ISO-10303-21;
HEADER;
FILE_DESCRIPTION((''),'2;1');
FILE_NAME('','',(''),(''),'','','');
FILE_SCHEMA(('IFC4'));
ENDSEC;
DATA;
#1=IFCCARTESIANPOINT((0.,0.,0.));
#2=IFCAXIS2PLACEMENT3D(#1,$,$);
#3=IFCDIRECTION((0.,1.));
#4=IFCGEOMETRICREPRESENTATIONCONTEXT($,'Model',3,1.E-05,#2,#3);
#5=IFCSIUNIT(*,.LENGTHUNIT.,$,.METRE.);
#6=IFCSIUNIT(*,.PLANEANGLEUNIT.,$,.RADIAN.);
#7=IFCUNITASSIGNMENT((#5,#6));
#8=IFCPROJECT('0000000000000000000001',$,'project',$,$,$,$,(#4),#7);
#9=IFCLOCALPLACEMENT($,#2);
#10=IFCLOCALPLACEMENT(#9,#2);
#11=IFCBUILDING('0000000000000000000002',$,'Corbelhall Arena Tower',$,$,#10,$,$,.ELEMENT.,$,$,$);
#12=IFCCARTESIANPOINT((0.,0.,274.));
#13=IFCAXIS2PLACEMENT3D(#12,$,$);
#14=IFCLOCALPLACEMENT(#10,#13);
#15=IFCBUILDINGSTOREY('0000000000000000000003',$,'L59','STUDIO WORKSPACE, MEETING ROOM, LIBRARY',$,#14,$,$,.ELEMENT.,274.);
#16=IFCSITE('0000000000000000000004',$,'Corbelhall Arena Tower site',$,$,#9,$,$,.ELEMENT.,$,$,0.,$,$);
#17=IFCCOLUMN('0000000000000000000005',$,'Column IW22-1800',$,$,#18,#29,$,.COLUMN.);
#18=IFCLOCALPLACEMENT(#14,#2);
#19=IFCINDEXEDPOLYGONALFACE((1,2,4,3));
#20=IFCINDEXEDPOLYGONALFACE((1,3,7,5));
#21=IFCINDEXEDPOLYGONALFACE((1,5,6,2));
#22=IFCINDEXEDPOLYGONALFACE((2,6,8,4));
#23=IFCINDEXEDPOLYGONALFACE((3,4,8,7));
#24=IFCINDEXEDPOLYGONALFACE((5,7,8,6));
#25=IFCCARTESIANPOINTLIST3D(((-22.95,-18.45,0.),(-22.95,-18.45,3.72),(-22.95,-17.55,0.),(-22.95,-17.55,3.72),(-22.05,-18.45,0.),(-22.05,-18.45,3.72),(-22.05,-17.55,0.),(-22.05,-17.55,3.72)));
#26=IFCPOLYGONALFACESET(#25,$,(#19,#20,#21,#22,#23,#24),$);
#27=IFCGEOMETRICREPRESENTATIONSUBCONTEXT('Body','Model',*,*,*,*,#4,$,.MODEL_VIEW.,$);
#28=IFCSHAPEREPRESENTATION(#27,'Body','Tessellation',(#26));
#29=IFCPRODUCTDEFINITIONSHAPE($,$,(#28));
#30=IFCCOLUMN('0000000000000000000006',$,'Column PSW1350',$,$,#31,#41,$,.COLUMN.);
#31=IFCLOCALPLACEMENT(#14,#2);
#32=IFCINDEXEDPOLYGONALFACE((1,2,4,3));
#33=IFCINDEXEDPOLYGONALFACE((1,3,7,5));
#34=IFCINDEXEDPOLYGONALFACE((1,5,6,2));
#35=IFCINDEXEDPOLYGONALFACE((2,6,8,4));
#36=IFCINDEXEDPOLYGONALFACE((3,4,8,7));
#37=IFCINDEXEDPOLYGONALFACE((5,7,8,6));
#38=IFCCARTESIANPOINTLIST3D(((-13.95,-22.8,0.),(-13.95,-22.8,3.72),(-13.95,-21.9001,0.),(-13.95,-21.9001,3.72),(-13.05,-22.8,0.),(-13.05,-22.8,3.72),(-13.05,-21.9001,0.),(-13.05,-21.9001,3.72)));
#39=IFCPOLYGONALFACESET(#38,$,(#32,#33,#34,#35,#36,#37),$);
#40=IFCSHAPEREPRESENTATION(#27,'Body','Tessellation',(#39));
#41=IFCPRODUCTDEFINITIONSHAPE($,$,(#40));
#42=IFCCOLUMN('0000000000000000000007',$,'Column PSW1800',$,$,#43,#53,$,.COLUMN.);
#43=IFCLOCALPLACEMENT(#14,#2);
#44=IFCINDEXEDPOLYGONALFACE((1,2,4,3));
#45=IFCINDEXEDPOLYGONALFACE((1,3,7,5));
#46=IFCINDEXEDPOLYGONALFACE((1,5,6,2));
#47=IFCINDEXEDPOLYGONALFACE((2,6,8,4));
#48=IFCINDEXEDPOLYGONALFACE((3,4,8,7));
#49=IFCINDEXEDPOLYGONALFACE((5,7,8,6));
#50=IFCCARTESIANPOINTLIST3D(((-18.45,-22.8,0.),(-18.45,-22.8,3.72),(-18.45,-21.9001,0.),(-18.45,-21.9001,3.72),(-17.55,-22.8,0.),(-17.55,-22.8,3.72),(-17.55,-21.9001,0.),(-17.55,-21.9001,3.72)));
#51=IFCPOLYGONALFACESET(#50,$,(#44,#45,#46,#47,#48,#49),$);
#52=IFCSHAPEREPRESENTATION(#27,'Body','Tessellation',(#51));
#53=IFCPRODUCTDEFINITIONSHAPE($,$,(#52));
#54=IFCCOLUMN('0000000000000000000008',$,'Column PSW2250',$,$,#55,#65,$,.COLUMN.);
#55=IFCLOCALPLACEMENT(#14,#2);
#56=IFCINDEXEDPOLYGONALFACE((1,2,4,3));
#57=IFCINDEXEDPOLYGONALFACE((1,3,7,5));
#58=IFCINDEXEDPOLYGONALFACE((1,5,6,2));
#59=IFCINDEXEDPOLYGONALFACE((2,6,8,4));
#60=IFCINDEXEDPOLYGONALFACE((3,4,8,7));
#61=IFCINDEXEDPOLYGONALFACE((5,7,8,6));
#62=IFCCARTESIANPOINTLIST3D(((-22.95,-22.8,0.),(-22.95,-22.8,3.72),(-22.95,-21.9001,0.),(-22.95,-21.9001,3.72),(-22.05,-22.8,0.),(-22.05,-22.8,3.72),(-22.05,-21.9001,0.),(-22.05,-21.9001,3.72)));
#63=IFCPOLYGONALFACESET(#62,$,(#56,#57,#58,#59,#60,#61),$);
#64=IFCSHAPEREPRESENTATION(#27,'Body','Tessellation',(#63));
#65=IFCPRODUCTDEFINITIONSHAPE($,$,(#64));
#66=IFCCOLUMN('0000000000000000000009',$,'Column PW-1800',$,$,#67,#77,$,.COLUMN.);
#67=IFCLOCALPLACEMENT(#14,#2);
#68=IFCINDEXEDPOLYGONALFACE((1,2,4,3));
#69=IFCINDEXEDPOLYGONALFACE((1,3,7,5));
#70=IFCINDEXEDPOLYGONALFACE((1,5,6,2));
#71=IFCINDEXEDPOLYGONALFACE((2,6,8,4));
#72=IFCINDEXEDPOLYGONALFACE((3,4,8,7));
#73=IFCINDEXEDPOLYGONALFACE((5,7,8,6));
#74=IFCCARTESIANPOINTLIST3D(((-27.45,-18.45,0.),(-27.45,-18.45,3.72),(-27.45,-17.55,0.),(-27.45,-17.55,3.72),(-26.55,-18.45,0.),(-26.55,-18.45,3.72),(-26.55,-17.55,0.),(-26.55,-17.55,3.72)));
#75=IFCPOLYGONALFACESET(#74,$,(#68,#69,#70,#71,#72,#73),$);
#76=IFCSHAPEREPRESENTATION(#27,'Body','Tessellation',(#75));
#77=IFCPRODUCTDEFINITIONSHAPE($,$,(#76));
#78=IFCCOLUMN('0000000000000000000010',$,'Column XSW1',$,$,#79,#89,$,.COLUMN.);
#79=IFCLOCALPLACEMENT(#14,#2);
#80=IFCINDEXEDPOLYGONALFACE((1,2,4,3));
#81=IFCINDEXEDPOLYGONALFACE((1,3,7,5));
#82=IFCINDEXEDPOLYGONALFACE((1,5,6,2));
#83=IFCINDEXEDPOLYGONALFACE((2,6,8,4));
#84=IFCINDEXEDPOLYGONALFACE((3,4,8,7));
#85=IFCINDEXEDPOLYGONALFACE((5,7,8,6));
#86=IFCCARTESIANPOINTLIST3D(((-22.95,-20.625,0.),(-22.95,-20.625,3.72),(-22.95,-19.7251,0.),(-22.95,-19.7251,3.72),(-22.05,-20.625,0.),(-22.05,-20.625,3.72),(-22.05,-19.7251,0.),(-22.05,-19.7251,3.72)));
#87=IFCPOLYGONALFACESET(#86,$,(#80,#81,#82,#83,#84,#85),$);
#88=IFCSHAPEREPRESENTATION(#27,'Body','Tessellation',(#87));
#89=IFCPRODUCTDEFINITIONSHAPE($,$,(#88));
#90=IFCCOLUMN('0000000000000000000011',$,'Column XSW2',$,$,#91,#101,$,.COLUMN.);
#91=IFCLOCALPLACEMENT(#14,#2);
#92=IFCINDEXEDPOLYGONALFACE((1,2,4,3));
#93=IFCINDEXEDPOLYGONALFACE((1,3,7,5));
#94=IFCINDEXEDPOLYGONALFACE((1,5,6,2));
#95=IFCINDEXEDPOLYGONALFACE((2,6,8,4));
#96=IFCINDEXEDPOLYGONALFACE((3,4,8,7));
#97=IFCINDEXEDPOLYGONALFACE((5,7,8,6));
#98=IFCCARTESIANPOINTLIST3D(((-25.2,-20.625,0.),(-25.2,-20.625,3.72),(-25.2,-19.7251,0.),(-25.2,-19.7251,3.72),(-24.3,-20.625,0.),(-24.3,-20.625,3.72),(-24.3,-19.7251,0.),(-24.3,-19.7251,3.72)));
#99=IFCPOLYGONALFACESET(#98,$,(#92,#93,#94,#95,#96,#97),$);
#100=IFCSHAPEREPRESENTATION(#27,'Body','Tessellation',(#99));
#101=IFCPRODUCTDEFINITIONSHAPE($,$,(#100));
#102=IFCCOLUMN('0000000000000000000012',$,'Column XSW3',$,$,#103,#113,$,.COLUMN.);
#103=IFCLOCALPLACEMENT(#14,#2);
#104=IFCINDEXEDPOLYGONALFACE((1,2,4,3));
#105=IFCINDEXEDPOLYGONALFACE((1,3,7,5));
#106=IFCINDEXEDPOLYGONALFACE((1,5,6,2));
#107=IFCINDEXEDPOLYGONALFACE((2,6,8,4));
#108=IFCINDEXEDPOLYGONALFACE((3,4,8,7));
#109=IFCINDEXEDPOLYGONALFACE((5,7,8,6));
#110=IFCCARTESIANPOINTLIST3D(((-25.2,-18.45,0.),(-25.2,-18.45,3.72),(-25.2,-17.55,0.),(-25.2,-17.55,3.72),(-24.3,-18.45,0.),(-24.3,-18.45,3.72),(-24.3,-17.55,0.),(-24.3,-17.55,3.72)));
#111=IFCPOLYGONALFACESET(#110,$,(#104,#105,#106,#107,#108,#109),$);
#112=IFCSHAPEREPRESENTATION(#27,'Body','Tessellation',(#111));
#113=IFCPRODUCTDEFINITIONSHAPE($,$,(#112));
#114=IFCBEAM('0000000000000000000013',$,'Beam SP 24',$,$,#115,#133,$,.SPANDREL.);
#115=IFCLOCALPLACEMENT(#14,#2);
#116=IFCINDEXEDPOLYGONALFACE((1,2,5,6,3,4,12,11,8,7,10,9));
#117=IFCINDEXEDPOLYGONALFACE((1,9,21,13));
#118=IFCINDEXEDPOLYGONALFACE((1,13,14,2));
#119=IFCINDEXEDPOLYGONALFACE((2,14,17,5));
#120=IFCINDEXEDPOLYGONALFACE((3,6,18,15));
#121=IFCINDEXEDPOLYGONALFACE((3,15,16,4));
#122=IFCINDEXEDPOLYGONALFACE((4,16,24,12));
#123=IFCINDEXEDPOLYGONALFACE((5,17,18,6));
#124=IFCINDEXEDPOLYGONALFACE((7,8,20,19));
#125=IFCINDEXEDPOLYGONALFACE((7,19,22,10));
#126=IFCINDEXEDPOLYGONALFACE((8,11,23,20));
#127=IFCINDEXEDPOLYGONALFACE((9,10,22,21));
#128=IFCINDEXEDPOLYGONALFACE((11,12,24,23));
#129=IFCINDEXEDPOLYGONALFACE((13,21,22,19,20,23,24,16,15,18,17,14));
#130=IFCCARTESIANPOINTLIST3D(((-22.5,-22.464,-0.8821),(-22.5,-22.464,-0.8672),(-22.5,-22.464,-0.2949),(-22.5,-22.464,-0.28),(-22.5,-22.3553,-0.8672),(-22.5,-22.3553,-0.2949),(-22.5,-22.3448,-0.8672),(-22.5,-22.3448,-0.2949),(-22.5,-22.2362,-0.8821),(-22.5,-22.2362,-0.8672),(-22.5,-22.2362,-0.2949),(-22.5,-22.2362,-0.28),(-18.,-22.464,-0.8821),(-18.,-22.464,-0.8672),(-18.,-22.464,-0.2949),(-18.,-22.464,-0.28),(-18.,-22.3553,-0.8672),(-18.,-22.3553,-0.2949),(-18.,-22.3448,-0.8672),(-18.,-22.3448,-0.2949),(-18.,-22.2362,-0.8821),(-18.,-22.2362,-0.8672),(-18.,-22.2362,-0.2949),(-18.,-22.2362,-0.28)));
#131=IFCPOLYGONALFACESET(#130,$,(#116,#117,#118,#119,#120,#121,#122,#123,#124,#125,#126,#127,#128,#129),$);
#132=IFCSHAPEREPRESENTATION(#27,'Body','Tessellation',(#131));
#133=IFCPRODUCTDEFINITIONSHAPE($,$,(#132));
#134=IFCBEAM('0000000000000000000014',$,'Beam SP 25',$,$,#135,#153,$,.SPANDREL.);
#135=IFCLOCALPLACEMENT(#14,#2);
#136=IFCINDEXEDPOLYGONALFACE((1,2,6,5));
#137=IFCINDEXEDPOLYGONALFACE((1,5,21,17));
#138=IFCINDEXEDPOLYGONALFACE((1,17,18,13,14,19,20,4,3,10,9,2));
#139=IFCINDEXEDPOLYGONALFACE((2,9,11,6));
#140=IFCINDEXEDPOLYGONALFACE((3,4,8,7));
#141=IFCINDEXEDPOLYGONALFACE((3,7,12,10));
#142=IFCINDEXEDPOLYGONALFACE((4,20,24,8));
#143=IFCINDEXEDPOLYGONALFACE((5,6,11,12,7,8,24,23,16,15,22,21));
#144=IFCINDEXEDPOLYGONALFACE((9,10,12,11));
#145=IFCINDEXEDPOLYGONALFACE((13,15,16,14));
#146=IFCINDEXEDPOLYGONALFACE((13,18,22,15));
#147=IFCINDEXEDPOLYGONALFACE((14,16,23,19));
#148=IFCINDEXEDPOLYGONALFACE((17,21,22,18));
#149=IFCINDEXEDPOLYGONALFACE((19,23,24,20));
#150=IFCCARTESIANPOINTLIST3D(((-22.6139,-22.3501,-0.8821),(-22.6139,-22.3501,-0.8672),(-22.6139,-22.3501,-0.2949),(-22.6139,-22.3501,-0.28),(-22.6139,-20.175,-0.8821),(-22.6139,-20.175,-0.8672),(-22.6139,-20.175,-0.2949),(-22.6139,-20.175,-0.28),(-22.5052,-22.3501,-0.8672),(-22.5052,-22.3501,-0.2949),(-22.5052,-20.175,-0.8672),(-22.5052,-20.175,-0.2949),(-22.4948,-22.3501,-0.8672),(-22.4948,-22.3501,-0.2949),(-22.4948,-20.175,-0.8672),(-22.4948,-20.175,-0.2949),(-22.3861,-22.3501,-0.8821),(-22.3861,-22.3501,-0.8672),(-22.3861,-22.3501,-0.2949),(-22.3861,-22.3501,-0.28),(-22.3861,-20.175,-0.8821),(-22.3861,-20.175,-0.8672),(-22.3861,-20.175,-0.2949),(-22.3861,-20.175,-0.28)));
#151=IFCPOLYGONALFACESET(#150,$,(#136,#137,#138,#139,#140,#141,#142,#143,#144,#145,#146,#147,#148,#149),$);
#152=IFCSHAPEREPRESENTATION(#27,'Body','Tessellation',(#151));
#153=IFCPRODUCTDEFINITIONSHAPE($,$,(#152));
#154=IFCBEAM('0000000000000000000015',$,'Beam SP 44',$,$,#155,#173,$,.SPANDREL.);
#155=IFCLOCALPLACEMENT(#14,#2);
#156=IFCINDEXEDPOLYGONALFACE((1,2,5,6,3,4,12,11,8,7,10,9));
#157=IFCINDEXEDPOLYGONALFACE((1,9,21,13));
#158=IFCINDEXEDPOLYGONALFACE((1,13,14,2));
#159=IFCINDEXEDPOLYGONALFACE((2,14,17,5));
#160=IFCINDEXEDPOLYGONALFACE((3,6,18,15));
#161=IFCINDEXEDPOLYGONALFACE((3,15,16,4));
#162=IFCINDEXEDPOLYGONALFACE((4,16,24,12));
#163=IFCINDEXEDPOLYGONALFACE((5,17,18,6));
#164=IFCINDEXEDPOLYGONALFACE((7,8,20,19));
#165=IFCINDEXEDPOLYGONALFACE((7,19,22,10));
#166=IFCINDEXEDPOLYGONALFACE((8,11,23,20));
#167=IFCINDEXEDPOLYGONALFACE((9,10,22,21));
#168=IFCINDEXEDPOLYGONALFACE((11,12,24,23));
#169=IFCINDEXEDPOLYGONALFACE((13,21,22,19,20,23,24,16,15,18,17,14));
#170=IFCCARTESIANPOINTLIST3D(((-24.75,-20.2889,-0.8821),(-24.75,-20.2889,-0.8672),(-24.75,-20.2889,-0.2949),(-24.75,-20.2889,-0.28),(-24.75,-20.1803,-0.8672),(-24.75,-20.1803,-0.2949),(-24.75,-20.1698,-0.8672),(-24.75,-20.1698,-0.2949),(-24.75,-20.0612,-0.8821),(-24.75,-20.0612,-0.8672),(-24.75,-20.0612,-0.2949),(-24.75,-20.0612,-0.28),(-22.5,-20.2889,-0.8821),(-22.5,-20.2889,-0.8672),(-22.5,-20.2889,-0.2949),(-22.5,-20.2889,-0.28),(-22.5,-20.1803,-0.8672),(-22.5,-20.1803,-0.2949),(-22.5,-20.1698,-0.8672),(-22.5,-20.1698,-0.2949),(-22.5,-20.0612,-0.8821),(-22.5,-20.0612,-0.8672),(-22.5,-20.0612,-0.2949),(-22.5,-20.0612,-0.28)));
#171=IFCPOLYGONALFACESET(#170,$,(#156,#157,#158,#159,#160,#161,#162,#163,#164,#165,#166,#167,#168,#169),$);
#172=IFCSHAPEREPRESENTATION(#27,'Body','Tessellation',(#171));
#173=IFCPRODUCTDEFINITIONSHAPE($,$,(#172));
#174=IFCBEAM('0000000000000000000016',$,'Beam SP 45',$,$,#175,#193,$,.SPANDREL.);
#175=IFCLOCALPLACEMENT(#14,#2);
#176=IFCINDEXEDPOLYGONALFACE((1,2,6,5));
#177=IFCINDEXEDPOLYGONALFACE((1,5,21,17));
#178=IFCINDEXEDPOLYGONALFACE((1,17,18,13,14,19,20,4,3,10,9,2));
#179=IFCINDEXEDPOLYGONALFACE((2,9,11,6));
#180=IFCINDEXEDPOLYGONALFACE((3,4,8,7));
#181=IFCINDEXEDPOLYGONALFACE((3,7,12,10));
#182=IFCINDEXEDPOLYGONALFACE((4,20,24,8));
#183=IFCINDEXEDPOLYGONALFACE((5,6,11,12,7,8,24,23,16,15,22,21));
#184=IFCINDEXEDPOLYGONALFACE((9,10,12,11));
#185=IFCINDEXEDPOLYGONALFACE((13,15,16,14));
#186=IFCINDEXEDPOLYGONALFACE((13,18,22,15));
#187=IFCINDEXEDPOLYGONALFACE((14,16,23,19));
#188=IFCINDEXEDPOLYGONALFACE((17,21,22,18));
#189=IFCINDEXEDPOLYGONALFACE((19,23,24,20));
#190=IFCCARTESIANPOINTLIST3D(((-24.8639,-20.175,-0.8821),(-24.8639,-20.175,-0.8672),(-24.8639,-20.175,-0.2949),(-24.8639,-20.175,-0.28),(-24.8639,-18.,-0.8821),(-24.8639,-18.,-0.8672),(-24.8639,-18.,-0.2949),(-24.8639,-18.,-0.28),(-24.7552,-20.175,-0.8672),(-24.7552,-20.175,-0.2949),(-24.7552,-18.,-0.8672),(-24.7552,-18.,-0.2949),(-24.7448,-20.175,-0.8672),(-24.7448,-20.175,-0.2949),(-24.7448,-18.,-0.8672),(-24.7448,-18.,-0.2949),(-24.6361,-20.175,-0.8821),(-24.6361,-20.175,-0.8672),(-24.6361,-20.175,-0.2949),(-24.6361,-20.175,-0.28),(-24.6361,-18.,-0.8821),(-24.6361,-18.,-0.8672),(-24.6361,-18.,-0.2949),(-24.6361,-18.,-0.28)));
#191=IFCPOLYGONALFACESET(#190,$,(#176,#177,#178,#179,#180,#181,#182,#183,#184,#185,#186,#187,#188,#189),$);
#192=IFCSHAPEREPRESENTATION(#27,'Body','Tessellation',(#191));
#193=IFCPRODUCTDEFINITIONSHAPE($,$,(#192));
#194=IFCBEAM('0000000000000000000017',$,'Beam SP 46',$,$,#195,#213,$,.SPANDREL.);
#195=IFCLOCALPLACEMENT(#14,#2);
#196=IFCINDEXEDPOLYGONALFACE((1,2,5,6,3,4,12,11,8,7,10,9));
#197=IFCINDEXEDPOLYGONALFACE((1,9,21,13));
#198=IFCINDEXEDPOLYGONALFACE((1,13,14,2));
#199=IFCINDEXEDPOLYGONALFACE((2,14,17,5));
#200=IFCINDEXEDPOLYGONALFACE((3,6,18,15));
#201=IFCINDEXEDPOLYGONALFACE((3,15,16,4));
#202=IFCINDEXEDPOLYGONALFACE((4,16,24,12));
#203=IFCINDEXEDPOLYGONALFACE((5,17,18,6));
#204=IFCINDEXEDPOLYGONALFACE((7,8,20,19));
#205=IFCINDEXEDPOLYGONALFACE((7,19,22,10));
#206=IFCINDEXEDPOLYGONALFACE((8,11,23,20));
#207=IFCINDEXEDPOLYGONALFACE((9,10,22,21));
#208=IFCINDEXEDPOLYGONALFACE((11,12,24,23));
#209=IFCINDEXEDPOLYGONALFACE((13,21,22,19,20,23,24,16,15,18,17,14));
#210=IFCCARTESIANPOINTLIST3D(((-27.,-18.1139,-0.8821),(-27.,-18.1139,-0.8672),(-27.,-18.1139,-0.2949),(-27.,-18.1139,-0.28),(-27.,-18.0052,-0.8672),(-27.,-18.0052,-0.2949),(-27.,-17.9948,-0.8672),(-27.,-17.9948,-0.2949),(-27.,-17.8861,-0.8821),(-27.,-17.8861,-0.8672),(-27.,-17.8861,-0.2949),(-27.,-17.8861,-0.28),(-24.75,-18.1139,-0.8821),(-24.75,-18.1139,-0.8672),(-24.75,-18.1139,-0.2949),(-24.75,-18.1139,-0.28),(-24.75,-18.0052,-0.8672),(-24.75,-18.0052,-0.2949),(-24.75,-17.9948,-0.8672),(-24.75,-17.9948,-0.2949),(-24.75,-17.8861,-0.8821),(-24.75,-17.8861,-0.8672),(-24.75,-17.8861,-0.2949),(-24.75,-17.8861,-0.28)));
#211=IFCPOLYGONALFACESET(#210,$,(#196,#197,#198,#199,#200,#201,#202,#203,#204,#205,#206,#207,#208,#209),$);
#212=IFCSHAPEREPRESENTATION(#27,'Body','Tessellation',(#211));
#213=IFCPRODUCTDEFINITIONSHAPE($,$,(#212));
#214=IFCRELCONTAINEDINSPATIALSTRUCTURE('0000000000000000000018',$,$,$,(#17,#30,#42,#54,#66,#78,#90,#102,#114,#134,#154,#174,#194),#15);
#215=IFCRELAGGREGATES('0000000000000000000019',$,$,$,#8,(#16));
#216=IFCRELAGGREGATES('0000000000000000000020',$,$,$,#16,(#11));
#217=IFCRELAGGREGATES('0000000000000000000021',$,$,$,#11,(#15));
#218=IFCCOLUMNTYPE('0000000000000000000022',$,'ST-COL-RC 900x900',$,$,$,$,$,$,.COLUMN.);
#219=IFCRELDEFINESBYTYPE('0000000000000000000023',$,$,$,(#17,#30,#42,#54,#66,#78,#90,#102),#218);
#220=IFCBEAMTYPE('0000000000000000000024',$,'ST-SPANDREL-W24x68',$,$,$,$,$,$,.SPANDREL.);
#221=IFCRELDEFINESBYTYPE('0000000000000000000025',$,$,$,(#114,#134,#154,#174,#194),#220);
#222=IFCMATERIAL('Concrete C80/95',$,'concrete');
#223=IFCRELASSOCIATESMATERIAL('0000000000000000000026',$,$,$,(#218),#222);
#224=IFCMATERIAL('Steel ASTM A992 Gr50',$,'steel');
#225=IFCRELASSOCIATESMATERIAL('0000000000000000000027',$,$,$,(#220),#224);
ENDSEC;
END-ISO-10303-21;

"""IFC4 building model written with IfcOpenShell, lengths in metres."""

from ifc_helpers import new_model, si_unit, direction, frame, origin, origin_2d, place, context, subcontext, project, spatial, rectangle, i_section, extrude, material, material_profile, profile_set, type_object, element, save


model = new_model("IFC4")

# Units and contexts
model_context = context("Model", 3, precision=1e-05, world=origin(), true_north=direction((0.0, 1.0)))
body_context = subcontext(model_context, "Body", "Model", "MODEL_VIEW")
ifc_project = project(units=[si_unit("LENGTHUNIT", "METRE"), si_unit("PLANEANGLEUNIT", "RADIAN")], contexts=[model_context])

# Site, building, storey
site_placement = place(None, origin())
site = spatial("IfcSite", under=ifc_project, at=site_placement, Name="Corbelhall Arena Tower site", CompositionType="ELEMENT", RefElevation=0.0)
building_placement = place(site_placement, origin())
building = spatial("IfcBuilding", under=site, at=building_placement, Name="Corbelhall Arena Tower", CompositionType="ELEMENT")
storey_placement = place(building_placement, frame((0.0, 0.0, 274.0)))
storey = spatial("IfcBuildingStorey", under=building, at=storey_placement, Name="L59", Description="STUDIO WORKSPACE, MEETING ROOM, LIBRARY", CompositionType="ELEMENT", Elevation=274.0)

# Columns
ifc_material_1 = material(Name="Concrete C80/95", Category="concrete")
ifc_material_profile_1 = material_profile(ifc_material_1, rectangle(XDim=0.8999, YDim=0.8999, at=origin_2d()))
ifc_profile_set_1 = profile_set([ifc_material_profile_1], Name="Concrete C80/95")
column_type = type_object("IfcColumnType", Name="ST-COL-RC 900x900", PredefinedType="COLUMN", material=ifc_profile_set_1)
for number, where, z_axis, x_axis, name in (
    (1, (-22.5, -18.0, 0.0), (0.0, 0.0, 1.0), (1.0, 0.0, 0.0), "Column IW22-1800"),
    (2, (-13.5, -22.3501, 0.0), (0.0, 0.0, 1.0), (1.0, 0.0, 0.0), "Column PSW1350"),
    (3, (-18.0, -22.3501, 0.0), (0.0, 0.0, 1.0), (1.0, 0.0, 0.0), "Column PSW1800"),
    (4, (-22.5, -22.3501, 0.0), (0.0, 0.0, 1.0), (1.0, 0.0, 0.0), "Column PSW2250"),
    (5, (-27.0, -18.0, 0.0), (0.0, 0.0, 1.0), (0.0, 1.0, 0.0), "Column PW-1800"),
    (6, (-22.5, -20.175, 0.0), (0.0, 0.0, 1.0), (1.0, 0.0, 0.0), "Column XSW1"),
    (7, (-24.75, -20.175, 0.0), (0.0, 0.0, 1.0), (1.0, 0.0, 0.0), "Column XSW2"),
    (8, (-24.75, -18.0, 0.0), (0.0, 0.0, 1.0), (1.0, 0.0, 0.0), "Column XSW3"),
):
    element("IfcColumn", number, at=place(storey_placement, frame(where, z_axis=z_axis, x_axis=x_axis)), inside=storey, type_object=column_type, Name=name, PredefinedType="COLUMN", context=body_context, shape_type="SweptSolid", body=[
        extrude(rectangle(XDim=0.8999, YDim=0.8999, at=origin_2d()), origin(), (0.0, 0.0, 1.0), 3.72),
    ])

# Beams
ifc_material_2 = material(Name="Steel ASTM A992 Gr50", Category="steel")
ifc_material_profile_2 = material_profile(ifc_material_2, i_section(OverallWidth=0.2278, OverallDepth=0.6021, WebThickness=0.0105, FlangeThickness=0.0149, at=origin_2d()))
ifc_profile_set_2 = profile_set([ifc_material_profile_2], Name="Steel ASTM A992 Gr50")
beam_type_1 = type_object("IfcBeamType", Name="ST-SPANDREL-W24x68", PredefinedType="SPANDREL", material=ifc_profile_set_2)
beam_1_placement = place(storey_placement, frame((-18.0, -22.3501, -0.5811), z_axis=(-1.0, 0.0, 0.0), x_axis=(0.0, -1.0, 0.0)))
element("IfcBeam", 9, at=beam_1_placement, inside=storey, type_object=beam_type_1, Name="Beam SP 24", PredefinedType="SPANDREL", context=body_context, shape_type="SweptSolid", body=[
    extrude(i_section(OverallWidth=0.2278, OverallDepth=0.6021, WebThickness=0.0105, FlangeThickness=0.0149, at=origin_2d()), origin(), (0.0, 0.0, 1.0), 4.5),
])
beam_2_placement = place(storey_placement, frame((-22.5, -22.3501, -0.5811), z_axis=(0.0, 1.0, 0.0), x_axis=(-1.0, 0.0, 0.0)))
element("IfcBeam", 10, at=beam_2_placement, inside=storey, type_object=beam_type_1, Name="Beam SP 25", PredefinedType="SPANDREL", context=body_context, shape_type="SweptSolid", body=[
    extrude(i_section(OverallWidth=0.2278, OverallDepth=0.6021, WebThickness=0.0105, FlangeThickness=0.0149, at=origin_2d()), origin(), (0.0, 0.0, 1.0), 2.175),
])
beam_3_placement = place(storey_placement, frame((-22.5, -20.175, -0.5811), z_axis=(-1.0, 0.0, 0.0), x_axis=(0.0, -1.0, 0.0)))
element("IfcBeam", 11, at=beam_3_placement, inside=storey, type_object=beam_type_1, Name="Beam SP 44", PredefinedType="SPANDREL", context=body_context, shape_type="SweptSolid", body=[
    extrude(i_section(OverallWidth=0.2278, OverallDepth=0.6021, WebThickness=0.0105, FlangeThickness=0.0149, at=origin_2d()), origin(), (0.0, 0.0, 1.0), 2.25),
])
beam_4_placement = place(storey_placement, frame((-24.75, -20.175, -0.5811), z_axis=(0.0, 1.0, 0.0), x_axis=(-1.0, 0.0, 0.0)))
element("IfcBeam", 12, at=beam_4_placement, inside=storey, type_object=beam_type_1, Name="Beam SP 45", PredefinedType="SPANDREL", context=body_context, shape_type="SweptSolid", body=[
    extrude(i_section(OverallWidth=0.2278, OverallDepth=0.6021, WebThickness=0.0105, FlangeThickness=0.0149, at=origin_2d()), origin(), (0.0, 0.0, 1.0), 2.175),
])
beam_5_placement = place(storey_placement, frame((-24.75, -18.0, -0.5811), z_axis=(-1.0, 0.0, 0.0), x_axis=(0.0, -1.0, 0.0)))
element("IfcBeam", 13, at=beam_5_placement, inside=storey, type_object=beam_type_1, Name="Beam SP 46", PredefinedType="SPANDREL", context=body_context, shape_type="SweptSolid", body=[
    extrude(i_section(OverallWidth=0.2278, OverallDepth=0.6021, WebThickness=0.0105, FlangeThickness=0.0149, at=origin_2d()), origin(), (0.0, 0.0, 1.0), 2.25),
])

save(model, "model.ifc")
